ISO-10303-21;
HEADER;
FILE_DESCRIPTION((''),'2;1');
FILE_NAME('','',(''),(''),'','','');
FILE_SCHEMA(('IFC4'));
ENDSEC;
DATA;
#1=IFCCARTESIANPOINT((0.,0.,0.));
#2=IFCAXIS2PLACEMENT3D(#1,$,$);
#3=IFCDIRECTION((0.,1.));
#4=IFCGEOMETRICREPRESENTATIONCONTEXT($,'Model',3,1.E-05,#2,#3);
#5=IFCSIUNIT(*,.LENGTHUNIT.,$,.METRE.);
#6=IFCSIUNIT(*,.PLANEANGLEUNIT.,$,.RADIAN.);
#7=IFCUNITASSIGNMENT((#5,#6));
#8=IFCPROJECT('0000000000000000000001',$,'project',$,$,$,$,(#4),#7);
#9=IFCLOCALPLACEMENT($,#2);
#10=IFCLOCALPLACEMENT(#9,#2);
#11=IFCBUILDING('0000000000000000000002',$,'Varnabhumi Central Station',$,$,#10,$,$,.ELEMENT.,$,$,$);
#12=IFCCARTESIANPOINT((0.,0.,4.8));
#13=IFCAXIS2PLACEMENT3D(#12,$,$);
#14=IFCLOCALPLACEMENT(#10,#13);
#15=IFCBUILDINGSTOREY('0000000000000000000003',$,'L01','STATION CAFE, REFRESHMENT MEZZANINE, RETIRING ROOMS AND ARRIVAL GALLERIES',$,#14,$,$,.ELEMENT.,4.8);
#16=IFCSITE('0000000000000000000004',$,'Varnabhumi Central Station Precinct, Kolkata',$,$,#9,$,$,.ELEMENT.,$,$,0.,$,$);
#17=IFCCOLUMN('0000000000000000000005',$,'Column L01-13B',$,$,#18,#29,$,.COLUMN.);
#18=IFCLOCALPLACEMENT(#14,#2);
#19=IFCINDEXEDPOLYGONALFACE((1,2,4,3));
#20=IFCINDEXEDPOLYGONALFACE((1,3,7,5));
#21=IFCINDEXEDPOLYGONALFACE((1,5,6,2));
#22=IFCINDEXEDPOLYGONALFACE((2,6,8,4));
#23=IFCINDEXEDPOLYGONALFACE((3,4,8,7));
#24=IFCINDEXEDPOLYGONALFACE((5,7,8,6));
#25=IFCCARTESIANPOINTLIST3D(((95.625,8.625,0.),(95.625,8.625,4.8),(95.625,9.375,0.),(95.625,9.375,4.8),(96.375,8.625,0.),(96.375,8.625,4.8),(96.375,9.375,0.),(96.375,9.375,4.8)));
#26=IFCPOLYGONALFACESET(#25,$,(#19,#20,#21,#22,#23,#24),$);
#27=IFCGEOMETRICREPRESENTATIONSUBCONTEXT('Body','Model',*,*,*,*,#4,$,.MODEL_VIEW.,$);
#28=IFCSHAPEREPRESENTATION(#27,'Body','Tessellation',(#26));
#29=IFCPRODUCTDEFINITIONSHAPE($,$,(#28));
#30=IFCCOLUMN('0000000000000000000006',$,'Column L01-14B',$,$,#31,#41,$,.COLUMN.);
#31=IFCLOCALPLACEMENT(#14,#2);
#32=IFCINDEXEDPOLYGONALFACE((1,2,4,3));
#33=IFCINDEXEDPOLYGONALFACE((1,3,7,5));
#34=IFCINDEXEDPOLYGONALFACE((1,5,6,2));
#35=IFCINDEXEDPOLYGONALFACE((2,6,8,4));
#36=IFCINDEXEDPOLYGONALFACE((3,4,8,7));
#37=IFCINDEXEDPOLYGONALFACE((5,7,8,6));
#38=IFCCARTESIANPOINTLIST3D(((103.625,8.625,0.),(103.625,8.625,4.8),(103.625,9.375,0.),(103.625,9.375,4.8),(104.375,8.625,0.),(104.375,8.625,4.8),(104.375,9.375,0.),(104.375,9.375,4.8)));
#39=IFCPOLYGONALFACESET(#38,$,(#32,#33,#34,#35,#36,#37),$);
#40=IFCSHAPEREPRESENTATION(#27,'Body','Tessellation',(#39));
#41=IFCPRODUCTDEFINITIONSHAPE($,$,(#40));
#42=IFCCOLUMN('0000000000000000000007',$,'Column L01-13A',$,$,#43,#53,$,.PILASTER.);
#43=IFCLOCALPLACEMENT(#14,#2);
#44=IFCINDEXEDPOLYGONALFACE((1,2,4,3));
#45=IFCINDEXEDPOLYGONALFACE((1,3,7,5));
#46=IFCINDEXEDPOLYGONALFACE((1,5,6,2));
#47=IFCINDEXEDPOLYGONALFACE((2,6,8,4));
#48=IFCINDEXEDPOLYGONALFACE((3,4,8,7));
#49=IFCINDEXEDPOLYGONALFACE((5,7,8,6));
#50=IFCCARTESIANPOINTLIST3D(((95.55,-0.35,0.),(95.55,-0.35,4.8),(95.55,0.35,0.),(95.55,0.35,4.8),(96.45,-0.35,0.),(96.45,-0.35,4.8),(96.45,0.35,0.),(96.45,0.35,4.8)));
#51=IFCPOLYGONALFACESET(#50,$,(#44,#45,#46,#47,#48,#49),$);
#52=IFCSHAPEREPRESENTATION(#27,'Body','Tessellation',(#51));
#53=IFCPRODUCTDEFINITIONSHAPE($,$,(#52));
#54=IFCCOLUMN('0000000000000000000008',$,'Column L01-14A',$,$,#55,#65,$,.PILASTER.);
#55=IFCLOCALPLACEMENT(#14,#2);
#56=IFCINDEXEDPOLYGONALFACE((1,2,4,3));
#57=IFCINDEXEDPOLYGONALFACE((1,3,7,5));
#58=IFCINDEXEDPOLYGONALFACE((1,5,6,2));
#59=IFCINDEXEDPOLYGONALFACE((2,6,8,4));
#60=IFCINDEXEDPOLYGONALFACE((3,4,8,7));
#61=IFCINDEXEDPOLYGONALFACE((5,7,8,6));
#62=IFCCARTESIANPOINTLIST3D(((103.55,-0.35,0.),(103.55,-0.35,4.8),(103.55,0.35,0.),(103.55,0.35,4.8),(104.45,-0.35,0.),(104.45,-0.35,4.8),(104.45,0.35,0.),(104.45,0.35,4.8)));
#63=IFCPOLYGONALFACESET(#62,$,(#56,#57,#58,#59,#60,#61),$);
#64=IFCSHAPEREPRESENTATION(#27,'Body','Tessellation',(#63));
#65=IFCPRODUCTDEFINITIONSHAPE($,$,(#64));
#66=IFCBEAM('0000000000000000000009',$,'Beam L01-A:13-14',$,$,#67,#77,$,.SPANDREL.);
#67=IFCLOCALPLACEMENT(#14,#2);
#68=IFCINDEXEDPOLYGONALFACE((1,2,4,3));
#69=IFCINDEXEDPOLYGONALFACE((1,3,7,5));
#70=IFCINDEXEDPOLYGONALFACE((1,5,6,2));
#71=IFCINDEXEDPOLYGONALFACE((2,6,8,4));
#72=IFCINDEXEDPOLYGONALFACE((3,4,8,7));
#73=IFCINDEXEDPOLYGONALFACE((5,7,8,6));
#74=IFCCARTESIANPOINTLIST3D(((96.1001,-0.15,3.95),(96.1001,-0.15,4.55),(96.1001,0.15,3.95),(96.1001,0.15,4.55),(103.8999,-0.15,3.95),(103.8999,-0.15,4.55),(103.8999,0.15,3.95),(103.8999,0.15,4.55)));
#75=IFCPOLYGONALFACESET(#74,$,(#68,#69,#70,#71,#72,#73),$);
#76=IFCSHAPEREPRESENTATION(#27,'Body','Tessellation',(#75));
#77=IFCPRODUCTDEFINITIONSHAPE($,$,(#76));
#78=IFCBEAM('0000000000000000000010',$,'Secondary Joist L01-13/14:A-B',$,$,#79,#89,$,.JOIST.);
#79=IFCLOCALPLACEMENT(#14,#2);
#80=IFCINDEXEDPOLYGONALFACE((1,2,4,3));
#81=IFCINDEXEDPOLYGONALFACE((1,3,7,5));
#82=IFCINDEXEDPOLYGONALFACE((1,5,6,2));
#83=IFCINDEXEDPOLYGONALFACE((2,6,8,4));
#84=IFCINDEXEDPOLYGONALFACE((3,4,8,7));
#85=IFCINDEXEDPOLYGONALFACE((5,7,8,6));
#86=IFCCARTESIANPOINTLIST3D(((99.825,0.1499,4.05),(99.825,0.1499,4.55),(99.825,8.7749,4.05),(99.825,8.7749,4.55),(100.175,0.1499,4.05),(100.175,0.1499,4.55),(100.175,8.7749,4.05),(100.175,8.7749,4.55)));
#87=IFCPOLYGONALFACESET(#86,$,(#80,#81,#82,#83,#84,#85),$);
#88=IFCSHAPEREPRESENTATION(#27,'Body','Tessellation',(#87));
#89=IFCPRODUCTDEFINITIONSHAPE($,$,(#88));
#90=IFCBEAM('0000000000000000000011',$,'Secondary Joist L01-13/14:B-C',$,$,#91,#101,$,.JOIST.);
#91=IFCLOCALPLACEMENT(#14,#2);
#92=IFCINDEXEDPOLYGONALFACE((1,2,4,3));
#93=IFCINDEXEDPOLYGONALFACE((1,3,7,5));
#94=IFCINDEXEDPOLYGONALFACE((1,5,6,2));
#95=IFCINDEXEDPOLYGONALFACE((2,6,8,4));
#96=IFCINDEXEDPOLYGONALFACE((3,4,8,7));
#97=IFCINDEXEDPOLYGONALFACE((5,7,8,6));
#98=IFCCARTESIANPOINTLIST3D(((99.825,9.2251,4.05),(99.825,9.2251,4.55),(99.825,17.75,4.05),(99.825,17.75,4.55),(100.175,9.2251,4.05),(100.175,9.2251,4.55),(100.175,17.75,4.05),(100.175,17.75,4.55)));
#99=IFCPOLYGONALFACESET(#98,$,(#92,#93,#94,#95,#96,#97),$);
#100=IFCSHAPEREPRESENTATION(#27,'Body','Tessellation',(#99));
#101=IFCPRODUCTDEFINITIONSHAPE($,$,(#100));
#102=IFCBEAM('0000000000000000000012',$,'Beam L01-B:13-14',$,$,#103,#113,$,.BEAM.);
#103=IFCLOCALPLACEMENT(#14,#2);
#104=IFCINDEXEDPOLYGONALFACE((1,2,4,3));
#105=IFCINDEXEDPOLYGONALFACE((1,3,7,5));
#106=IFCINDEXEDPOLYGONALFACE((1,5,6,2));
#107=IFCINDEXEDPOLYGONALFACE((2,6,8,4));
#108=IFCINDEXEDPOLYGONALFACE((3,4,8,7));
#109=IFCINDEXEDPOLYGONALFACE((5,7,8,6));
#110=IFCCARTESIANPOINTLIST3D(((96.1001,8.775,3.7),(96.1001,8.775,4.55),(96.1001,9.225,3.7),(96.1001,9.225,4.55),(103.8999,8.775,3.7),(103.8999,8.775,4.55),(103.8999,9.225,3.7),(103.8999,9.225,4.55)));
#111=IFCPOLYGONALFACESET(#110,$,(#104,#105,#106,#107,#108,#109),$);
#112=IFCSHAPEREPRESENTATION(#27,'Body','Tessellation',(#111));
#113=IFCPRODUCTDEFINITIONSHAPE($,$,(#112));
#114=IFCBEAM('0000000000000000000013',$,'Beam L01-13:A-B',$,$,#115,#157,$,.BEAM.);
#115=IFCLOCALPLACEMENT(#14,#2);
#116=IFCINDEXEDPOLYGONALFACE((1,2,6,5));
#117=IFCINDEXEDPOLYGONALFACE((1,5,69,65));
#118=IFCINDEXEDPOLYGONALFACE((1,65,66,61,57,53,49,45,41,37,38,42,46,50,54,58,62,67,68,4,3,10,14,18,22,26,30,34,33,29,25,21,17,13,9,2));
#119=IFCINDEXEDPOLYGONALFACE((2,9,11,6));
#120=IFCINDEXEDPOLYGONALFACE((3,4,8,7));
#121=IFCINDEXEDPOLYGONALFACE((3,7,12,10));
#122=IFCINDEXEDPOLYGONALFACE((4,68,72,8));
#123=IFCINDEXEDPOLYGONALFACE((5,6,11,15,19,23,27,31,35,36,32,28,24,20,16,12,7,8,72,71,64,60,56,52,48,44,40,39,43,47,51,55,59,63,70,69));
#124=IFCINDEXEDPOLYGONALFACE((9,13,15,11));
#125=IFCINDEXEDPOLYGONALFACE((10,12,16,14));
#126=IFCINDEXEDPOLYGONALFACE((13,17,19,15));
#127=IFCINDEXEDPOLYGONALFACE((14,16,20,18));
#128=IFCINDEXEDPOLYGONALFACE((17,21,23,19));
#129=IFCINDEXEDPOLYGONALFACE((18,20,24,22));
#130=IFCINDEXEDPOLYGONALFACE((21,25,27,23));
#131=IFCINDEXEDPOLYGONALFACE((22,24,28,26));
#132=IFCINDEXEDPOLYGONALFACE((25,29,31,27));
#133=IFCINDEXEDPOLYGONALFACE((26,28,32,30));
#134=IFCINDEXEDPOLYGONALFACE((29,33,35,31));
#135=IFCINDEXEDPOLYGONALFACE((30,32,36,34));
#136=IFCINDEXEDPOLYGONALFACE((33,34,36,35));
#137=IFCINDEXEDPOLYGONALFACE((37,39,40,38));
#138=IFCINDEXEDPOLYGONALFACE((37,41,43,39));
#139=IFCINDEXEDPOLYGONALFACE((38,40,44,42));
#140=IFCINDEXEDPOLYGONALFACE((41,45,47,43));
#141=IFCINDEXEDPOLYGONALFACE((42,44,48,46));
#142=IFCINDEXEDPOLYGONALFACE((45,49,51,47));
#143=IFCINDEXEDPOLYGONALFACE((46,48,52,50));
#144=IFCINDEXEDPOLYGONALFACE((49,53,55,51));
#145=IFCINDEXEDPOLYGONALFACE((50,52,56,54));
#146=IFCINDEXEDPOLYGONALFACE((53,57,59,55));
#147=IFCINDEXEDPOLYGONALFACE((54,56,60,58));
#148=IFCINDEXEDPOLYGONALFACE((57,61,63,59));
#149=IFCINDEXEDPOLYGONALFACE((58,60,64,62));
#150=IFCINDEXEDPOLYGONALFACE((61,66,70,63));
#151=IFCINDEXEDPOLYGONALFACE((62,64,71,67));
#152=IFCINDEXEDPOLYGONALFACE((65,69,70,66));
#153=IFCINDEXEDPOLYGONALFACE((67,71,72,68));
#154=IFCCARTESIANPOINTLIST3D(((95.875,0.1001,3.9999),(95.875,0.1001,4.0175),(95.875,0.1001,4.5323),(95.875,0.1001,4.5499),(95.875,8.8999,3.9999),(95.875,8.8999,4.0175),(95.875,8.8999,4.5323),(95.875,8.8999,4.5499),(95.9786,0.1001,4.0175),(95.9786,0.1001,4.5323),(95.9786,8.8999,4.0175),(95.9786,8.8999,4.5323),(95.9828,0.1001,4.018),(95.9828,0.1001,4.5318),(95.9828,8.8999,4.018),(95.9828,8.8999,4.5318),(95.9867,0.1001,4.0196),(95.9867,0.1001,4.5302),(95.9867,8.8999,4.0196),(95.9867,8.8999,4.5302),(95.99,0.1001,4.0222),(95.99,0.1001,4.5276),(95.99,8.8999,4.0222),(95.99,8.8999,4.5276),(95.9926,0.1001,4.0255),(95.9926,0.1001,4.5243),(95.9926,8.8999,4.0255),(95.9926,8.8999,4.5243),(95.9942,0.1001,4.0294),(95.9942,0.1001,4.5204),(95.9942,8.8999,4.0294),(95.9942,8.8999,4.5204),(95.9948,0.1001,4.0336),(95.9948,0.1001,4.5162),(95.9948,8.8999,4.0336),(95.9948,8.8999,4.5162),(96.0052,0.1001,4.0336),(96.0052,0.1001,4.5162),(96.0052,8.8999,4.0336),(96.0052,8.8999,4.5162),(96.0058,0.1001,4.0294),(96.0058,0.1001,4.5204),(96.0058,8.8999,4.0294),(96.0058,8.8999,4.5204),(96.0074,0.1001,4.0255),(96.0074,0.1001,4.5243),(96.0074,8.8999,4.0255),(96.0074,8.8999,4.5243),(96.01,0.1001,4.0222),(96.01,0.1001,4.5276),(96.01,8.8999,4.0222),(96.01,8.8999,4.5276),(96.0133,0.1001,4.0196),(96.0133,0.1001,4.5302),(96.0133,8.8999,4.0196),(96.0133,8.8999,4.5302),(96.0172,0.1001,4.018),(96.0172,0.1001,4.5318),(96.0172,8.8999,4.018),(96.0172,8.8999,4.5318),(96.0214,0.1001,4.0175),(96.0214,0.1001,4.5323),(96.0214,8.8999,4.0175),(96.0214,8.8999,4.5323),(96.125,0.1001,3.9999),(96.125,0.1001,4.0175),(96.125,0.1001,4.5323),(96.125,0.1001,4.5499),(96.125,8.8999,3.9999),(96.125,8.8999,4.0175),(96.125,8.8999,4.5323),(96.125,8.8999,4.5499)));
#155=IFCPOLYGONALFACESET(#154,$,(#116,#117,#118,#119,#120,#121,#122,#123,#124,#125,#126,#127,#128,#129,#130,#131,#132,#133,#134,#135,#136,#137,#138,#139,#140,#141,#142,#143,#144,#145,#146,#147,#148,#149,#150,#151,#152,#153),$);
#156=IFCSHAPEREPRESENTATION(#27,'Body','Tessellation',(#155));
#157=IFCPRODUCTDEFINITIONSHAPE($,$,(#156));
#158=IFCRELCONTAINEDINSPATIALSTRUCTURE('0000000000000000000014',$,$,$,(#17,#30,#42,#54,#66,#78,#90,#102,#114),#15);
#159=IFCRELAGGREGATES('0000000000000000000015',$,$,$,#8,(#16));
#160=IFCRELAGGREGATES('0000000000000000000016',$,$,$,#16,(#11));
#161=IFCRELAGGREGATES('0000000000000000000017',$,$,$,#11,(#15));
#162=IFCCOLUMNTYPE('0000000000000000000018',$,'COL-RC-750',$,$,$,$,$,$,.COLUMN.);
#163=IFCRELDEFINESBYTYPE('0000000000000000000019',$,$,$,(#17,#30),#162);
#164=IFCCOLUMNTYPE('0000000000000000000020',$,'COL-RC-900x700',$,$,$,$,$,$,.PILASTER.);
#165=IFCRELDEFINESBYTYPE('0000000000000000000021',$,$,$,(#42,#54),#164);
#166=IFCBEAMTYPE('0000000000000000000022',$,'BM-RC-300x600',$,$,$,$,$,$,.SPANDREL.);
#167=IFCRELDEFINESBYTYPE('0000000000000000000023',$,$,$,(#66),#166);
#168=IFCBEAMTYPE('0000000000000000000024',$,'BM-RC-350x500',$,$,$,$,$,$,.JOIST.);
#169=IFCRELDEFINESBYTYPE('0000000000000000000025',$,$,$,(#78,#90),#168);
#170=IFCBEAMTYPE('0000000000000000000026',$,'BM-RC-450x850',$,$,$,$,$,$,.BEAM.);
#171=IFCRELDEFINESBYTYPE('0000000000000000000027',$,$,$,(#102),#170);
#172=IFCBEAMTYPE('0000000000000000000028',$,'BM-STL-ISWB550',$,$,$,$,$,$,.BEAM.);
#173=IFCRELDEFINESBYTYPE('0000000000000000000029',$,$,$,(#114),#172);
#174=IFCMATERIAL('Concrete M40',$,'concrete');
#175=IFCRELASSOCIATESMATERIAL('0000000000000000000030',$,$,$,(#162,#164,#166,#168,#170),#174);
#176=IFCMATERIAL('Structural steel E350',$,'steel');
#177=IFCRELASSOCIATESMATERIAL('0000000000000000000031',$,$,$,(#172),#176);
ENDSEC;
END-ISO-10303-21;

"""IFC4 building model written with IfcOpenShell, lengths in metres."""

from ifc_helpers import new_model, si_unit, direction, frame, origin, origin_2d, place, context, subcontext, project, spatial, rectangle, i_section, extrude, material, material_profile, profile_set, type_object, element, save


model = new_model("IFC4")

# Units and contexts
model_context = context("Model", 3, precision=1e-05, world=origin(), true_north=direction((0.0, 1.0)))
body_context = subcontext(model_context, "Body", "Model", "MODEL_VIEW")
ifc_project = project(units=[si_unit("LENGTHUNIT", "METRE"), si_unit("PLANEANGLEUNIT", "RADIAN")], contexts=[model_context])

# Site, building, storey
site_placement = place(None, origin())
site = spatial("IfcSite", under=ifc_project, at=site_placement, Name="Varnabhumi Central Station Precinct, Kolkata", CompositionType="ELEMENT", RefElevation=0.0)
building_placement = place(site_placement, origin())
building = spatial("IfcBuilding", under=site, at=building_placement, Name="Varnabhumi Central Station", CompositionType="ELEMENT")
storey_placement = place(building_placement, frame((0.0, 0.0, 4.8)))
storey = spatial("IfcBuildingStorey", under=building, at=storey_placement, Name="L01", Description="STATION CAFE, REFRESHMENT MEZZANINE, RETIRING ROOMS AND ARRIVAL GALLERIES", CompositionType="ELEMENT", Elevation=4.8)

# Columns
ifc_material_1 = material(Name="Concrete M40", Category="concrete")
ifc_material_profile_1 = material_profile(ifc_material_1, rectangle(XDim=0.75, YDim=0.75, at=origin_2d()), Name="Concrete M40", Category="concrete")
ifc_profile_set_1 = profile_set([ifc_material_profile_1], Name="Concrete M40")
column_type_1 = type_object("IfcColumnType", Name="COL-RC-750", PredefinedType="COLUMN", material=ifc_profile_set_1)
for number, where, z_axis, x_axis, name in (
    (1, (96.0, 9.0, 0.0), (0.0, 0.0, 1.0), (1.0, 0.0, 0.0), "Column L01-13B"),
    (2, (104.0, 9.0, 0.0), (0.0, 0.0, 1.0), (1.0, 0.0, 0.0), "Column L01-14B"),
):
    element("IfcColumn", number, at=place(storey_placement, frame(where, z_axis=z_axis, x_axis=x_axis)), inside=storey, type_object=column_type_1, Name=name, PredefinedType="COLUMN", context=body_context, shape_type="SweptSolid", body=[
        extrude(rectangle(XDim=0.75, YDim=0.75, at=origin_2d()), origin(), (0.0, 0.0, 1.0), 4.8),
    ])
ifc_material_profile_2 = material_profile(ifc_material_1, rectangle(XDim=0.8999, YDim=0.7, at=origin_2d()), Name="Concrete M40", Category="concrete")
ifc_profile_set_2 = profile_set([ifc_material_profile_2], Name="Concrete M40")
column_type_2 = type_object("IfcColumnType", Name="COL-RC-900x700", PredefinedType="PILASTER", material=ifc_profile_set_2)
for number, where, z_axis, x_axis, name in (
    (3, (96.0, 0.0, 0.0), (0.0, 0.0, 1.0), (1.0, 0.0, 0.0), "Column L01-13A"),
    (4, (104.0, 0.0, 0.0), (0.0, 0.0, 1.0), (1.0, 0.0, 0.0), "Column L01-14A"),
):
    element("IfcColumn", number, at=place(storey_placement, frame(where, z_axis=z_axis, x_axis=x_axis)), inside=storey, type_object=column_type_2, Name=name, PredefinedType="PILASTER", context=body_context, shape_type="SweptSolid", body=[
        extrude(rectangle(XDim=0.8999, YDim=0.7, at=origin_2d()), origin(), (0.0, 0.0, 1.0), 4.8),
    ])

# Beams
ifc_material_profile_3 = material_profile(ifc_material_1, rectangle(XDim=0.3, YDim=0.6001, at=origin_2d()), Name="Concrete M40", Category="concrete")
ifc_profile_set_3 = profile_set([ifc_material_profile_3], Name="Concrete M40")
beam_type_1 = type_object("IfcBeamType", Name="BM-RC-300x600", PredefinedType="SPANDREL", material=ifc_profile_set_3)
beam_1_placement = place(storey_placement, frame((96.1001, 0.0, 4.25), z_axis=(1.0, 0.0, 0.0), x_axis=(0.0, 1.0, 0.0)))
element("IfcBeam", 5, at=beam_1_placement, inside=storey, type_object=beam_type_1, Name="Beam L01-A:13-14", PredefinedType="SPANDREL", context=body_context, shape_type="SweptSolid", body=[
    extrude(rectangle(XDim=0.3, YDim=0.6001, at=origin_2d()), origin(), (0.0, 0.0, 1.0), 7.7998),
])
ifc_material_profile_4 = material_profile(ifc_material_1, rectangle(XDim=0.3501, YDim=0.5, at=origin_2d()), Name="Concrete M40", Category="concrete")
ifc_profile_set_4 = profile_set([ifc_material_profile_4], Name="Concrete M40")
beam_type_2 = type_object("IfcBeamType", Name="BM-RC-350x500", PredefinedType="JOIST", material=ifc_profile_set_4)
beam_2_placement = place(storey_placement, frame((100.0, 0.1499, 4.3), z_axis=(0.0, 1.0, 0.0), x_axis=(-1.0, 0.0, 0.0)))
element("IfcBeam", 6, at=beam_2_placement, inside=storey, type_object=beam_type_2, Name="Secondary Joist L01-13/14:A-B", PredefinedType="JOIST", context=body_context, shape_type="SweptSolid", body=[
    extrude(rectangle(XDim=0.3501, YDim=0.5, at=origin_2d()), origin(), (0.0, 0.0, 1.0), 8.625),
])
beam_3_placement = place(storey_placement, frame((100.0, 9.2251, 4.3), z_axis=(0.0, 1.0, 0.0), x_axis=(-1.0, 0.0, 0.0)))
element("IfcBeam", 7, at=beam_3_placement, inside=storey, type_object=beam_type_2, Name="Secondary Joist L01-13/14:B-C", PredefinedType="JOIST", context=body_context, shape_type="SweptSolid", body=[
    extrude(rectangle(XDim=0.3501, YDim=0.5, at=origin_2d()), origin(), (0.0, 0.0, 1.0), 8.5249),
])
ifc_material_profile_5 = material_profile(ifc_material_1, rectangle(XDim=0.45, YDim=0.8501, at=origin_2d()), Name="Concrete M40", Category="concrete")
ifc_profile_set_5 = profile_set([ifc_material_profile_5], Name="Concrete M40")
beam_type_3 = type_object("IfcBeamType", Name="BM-RC-450x850", PredefinedType="BEAM", material=ifc_profile_set_5)
beam_4_placement = place(storey_placement, frame((96.1001, 9.0, 4.125), z_axis=(1.0, 0.0, 0.0), x_axis=(0.0, 1.0, 0.0)))
element("IfcBeam", 8, at=beam_4_placement, inside=storey, type_object=beam_type_3, Name="Beam L01-B:13-14", PredefinedType="BEAM", context=body_context, shape_type="SweptSolid", body=[
    extrude(rectangle(XDim=0.45, YDim=0.8501, at=origin_2d()), origin(), (0.0, 0.0, 1.0), 7.7998),
])
ifc_material_2 = material(Name="Structural steel E350", Category="steel")
ifc_material_profile_6 = material_profile(ifc_material_2, i_section(OverallWidth=0.25, OverallDepth=0.55, WebThickness=0.0105, FlangeThickness=0.0176, FilletRadius=0.0161, at=origin_2d()), Name="Structural steel E350", Category="steel")
ifc_profile_set_6 = profile_set([ifc_material_profile_6], Name="Structural steel E350")
beam_type_4 = type_object("IfcBeamType", Name="BM-STL-ISWB550", PredefinedType="BEAM", material=ifc_profile_set_6)
for number, where, z_axis, x_axis, name in (
    (9, (96.0, 0.1001, 4.2749), (0.0, 1.0, 0.0), (-1.0, 0.0, 0.0), "Beam L01-13:A-B"),
):
    element("IfcBeam", number, at=place(storey_placement, frame(where, z_axis=z_axis, x_axis=x_axis)), inside=storey, type_object=beam_type_4, Name=name, PredefinedType="BEAM", context=body_context, shape_type="SweptSolid", body=[
        extrude(i_section(OverallWidth=0.25, OverallDepth=0.55, WebThickness=0.0105, FlangeThickness=0.0176, FilletRadius=0.0161, at=origin_2d()), origin(), (0.0, 0.0, 1.0), 8.7998),
    ])

save(model, "model.ifc")
